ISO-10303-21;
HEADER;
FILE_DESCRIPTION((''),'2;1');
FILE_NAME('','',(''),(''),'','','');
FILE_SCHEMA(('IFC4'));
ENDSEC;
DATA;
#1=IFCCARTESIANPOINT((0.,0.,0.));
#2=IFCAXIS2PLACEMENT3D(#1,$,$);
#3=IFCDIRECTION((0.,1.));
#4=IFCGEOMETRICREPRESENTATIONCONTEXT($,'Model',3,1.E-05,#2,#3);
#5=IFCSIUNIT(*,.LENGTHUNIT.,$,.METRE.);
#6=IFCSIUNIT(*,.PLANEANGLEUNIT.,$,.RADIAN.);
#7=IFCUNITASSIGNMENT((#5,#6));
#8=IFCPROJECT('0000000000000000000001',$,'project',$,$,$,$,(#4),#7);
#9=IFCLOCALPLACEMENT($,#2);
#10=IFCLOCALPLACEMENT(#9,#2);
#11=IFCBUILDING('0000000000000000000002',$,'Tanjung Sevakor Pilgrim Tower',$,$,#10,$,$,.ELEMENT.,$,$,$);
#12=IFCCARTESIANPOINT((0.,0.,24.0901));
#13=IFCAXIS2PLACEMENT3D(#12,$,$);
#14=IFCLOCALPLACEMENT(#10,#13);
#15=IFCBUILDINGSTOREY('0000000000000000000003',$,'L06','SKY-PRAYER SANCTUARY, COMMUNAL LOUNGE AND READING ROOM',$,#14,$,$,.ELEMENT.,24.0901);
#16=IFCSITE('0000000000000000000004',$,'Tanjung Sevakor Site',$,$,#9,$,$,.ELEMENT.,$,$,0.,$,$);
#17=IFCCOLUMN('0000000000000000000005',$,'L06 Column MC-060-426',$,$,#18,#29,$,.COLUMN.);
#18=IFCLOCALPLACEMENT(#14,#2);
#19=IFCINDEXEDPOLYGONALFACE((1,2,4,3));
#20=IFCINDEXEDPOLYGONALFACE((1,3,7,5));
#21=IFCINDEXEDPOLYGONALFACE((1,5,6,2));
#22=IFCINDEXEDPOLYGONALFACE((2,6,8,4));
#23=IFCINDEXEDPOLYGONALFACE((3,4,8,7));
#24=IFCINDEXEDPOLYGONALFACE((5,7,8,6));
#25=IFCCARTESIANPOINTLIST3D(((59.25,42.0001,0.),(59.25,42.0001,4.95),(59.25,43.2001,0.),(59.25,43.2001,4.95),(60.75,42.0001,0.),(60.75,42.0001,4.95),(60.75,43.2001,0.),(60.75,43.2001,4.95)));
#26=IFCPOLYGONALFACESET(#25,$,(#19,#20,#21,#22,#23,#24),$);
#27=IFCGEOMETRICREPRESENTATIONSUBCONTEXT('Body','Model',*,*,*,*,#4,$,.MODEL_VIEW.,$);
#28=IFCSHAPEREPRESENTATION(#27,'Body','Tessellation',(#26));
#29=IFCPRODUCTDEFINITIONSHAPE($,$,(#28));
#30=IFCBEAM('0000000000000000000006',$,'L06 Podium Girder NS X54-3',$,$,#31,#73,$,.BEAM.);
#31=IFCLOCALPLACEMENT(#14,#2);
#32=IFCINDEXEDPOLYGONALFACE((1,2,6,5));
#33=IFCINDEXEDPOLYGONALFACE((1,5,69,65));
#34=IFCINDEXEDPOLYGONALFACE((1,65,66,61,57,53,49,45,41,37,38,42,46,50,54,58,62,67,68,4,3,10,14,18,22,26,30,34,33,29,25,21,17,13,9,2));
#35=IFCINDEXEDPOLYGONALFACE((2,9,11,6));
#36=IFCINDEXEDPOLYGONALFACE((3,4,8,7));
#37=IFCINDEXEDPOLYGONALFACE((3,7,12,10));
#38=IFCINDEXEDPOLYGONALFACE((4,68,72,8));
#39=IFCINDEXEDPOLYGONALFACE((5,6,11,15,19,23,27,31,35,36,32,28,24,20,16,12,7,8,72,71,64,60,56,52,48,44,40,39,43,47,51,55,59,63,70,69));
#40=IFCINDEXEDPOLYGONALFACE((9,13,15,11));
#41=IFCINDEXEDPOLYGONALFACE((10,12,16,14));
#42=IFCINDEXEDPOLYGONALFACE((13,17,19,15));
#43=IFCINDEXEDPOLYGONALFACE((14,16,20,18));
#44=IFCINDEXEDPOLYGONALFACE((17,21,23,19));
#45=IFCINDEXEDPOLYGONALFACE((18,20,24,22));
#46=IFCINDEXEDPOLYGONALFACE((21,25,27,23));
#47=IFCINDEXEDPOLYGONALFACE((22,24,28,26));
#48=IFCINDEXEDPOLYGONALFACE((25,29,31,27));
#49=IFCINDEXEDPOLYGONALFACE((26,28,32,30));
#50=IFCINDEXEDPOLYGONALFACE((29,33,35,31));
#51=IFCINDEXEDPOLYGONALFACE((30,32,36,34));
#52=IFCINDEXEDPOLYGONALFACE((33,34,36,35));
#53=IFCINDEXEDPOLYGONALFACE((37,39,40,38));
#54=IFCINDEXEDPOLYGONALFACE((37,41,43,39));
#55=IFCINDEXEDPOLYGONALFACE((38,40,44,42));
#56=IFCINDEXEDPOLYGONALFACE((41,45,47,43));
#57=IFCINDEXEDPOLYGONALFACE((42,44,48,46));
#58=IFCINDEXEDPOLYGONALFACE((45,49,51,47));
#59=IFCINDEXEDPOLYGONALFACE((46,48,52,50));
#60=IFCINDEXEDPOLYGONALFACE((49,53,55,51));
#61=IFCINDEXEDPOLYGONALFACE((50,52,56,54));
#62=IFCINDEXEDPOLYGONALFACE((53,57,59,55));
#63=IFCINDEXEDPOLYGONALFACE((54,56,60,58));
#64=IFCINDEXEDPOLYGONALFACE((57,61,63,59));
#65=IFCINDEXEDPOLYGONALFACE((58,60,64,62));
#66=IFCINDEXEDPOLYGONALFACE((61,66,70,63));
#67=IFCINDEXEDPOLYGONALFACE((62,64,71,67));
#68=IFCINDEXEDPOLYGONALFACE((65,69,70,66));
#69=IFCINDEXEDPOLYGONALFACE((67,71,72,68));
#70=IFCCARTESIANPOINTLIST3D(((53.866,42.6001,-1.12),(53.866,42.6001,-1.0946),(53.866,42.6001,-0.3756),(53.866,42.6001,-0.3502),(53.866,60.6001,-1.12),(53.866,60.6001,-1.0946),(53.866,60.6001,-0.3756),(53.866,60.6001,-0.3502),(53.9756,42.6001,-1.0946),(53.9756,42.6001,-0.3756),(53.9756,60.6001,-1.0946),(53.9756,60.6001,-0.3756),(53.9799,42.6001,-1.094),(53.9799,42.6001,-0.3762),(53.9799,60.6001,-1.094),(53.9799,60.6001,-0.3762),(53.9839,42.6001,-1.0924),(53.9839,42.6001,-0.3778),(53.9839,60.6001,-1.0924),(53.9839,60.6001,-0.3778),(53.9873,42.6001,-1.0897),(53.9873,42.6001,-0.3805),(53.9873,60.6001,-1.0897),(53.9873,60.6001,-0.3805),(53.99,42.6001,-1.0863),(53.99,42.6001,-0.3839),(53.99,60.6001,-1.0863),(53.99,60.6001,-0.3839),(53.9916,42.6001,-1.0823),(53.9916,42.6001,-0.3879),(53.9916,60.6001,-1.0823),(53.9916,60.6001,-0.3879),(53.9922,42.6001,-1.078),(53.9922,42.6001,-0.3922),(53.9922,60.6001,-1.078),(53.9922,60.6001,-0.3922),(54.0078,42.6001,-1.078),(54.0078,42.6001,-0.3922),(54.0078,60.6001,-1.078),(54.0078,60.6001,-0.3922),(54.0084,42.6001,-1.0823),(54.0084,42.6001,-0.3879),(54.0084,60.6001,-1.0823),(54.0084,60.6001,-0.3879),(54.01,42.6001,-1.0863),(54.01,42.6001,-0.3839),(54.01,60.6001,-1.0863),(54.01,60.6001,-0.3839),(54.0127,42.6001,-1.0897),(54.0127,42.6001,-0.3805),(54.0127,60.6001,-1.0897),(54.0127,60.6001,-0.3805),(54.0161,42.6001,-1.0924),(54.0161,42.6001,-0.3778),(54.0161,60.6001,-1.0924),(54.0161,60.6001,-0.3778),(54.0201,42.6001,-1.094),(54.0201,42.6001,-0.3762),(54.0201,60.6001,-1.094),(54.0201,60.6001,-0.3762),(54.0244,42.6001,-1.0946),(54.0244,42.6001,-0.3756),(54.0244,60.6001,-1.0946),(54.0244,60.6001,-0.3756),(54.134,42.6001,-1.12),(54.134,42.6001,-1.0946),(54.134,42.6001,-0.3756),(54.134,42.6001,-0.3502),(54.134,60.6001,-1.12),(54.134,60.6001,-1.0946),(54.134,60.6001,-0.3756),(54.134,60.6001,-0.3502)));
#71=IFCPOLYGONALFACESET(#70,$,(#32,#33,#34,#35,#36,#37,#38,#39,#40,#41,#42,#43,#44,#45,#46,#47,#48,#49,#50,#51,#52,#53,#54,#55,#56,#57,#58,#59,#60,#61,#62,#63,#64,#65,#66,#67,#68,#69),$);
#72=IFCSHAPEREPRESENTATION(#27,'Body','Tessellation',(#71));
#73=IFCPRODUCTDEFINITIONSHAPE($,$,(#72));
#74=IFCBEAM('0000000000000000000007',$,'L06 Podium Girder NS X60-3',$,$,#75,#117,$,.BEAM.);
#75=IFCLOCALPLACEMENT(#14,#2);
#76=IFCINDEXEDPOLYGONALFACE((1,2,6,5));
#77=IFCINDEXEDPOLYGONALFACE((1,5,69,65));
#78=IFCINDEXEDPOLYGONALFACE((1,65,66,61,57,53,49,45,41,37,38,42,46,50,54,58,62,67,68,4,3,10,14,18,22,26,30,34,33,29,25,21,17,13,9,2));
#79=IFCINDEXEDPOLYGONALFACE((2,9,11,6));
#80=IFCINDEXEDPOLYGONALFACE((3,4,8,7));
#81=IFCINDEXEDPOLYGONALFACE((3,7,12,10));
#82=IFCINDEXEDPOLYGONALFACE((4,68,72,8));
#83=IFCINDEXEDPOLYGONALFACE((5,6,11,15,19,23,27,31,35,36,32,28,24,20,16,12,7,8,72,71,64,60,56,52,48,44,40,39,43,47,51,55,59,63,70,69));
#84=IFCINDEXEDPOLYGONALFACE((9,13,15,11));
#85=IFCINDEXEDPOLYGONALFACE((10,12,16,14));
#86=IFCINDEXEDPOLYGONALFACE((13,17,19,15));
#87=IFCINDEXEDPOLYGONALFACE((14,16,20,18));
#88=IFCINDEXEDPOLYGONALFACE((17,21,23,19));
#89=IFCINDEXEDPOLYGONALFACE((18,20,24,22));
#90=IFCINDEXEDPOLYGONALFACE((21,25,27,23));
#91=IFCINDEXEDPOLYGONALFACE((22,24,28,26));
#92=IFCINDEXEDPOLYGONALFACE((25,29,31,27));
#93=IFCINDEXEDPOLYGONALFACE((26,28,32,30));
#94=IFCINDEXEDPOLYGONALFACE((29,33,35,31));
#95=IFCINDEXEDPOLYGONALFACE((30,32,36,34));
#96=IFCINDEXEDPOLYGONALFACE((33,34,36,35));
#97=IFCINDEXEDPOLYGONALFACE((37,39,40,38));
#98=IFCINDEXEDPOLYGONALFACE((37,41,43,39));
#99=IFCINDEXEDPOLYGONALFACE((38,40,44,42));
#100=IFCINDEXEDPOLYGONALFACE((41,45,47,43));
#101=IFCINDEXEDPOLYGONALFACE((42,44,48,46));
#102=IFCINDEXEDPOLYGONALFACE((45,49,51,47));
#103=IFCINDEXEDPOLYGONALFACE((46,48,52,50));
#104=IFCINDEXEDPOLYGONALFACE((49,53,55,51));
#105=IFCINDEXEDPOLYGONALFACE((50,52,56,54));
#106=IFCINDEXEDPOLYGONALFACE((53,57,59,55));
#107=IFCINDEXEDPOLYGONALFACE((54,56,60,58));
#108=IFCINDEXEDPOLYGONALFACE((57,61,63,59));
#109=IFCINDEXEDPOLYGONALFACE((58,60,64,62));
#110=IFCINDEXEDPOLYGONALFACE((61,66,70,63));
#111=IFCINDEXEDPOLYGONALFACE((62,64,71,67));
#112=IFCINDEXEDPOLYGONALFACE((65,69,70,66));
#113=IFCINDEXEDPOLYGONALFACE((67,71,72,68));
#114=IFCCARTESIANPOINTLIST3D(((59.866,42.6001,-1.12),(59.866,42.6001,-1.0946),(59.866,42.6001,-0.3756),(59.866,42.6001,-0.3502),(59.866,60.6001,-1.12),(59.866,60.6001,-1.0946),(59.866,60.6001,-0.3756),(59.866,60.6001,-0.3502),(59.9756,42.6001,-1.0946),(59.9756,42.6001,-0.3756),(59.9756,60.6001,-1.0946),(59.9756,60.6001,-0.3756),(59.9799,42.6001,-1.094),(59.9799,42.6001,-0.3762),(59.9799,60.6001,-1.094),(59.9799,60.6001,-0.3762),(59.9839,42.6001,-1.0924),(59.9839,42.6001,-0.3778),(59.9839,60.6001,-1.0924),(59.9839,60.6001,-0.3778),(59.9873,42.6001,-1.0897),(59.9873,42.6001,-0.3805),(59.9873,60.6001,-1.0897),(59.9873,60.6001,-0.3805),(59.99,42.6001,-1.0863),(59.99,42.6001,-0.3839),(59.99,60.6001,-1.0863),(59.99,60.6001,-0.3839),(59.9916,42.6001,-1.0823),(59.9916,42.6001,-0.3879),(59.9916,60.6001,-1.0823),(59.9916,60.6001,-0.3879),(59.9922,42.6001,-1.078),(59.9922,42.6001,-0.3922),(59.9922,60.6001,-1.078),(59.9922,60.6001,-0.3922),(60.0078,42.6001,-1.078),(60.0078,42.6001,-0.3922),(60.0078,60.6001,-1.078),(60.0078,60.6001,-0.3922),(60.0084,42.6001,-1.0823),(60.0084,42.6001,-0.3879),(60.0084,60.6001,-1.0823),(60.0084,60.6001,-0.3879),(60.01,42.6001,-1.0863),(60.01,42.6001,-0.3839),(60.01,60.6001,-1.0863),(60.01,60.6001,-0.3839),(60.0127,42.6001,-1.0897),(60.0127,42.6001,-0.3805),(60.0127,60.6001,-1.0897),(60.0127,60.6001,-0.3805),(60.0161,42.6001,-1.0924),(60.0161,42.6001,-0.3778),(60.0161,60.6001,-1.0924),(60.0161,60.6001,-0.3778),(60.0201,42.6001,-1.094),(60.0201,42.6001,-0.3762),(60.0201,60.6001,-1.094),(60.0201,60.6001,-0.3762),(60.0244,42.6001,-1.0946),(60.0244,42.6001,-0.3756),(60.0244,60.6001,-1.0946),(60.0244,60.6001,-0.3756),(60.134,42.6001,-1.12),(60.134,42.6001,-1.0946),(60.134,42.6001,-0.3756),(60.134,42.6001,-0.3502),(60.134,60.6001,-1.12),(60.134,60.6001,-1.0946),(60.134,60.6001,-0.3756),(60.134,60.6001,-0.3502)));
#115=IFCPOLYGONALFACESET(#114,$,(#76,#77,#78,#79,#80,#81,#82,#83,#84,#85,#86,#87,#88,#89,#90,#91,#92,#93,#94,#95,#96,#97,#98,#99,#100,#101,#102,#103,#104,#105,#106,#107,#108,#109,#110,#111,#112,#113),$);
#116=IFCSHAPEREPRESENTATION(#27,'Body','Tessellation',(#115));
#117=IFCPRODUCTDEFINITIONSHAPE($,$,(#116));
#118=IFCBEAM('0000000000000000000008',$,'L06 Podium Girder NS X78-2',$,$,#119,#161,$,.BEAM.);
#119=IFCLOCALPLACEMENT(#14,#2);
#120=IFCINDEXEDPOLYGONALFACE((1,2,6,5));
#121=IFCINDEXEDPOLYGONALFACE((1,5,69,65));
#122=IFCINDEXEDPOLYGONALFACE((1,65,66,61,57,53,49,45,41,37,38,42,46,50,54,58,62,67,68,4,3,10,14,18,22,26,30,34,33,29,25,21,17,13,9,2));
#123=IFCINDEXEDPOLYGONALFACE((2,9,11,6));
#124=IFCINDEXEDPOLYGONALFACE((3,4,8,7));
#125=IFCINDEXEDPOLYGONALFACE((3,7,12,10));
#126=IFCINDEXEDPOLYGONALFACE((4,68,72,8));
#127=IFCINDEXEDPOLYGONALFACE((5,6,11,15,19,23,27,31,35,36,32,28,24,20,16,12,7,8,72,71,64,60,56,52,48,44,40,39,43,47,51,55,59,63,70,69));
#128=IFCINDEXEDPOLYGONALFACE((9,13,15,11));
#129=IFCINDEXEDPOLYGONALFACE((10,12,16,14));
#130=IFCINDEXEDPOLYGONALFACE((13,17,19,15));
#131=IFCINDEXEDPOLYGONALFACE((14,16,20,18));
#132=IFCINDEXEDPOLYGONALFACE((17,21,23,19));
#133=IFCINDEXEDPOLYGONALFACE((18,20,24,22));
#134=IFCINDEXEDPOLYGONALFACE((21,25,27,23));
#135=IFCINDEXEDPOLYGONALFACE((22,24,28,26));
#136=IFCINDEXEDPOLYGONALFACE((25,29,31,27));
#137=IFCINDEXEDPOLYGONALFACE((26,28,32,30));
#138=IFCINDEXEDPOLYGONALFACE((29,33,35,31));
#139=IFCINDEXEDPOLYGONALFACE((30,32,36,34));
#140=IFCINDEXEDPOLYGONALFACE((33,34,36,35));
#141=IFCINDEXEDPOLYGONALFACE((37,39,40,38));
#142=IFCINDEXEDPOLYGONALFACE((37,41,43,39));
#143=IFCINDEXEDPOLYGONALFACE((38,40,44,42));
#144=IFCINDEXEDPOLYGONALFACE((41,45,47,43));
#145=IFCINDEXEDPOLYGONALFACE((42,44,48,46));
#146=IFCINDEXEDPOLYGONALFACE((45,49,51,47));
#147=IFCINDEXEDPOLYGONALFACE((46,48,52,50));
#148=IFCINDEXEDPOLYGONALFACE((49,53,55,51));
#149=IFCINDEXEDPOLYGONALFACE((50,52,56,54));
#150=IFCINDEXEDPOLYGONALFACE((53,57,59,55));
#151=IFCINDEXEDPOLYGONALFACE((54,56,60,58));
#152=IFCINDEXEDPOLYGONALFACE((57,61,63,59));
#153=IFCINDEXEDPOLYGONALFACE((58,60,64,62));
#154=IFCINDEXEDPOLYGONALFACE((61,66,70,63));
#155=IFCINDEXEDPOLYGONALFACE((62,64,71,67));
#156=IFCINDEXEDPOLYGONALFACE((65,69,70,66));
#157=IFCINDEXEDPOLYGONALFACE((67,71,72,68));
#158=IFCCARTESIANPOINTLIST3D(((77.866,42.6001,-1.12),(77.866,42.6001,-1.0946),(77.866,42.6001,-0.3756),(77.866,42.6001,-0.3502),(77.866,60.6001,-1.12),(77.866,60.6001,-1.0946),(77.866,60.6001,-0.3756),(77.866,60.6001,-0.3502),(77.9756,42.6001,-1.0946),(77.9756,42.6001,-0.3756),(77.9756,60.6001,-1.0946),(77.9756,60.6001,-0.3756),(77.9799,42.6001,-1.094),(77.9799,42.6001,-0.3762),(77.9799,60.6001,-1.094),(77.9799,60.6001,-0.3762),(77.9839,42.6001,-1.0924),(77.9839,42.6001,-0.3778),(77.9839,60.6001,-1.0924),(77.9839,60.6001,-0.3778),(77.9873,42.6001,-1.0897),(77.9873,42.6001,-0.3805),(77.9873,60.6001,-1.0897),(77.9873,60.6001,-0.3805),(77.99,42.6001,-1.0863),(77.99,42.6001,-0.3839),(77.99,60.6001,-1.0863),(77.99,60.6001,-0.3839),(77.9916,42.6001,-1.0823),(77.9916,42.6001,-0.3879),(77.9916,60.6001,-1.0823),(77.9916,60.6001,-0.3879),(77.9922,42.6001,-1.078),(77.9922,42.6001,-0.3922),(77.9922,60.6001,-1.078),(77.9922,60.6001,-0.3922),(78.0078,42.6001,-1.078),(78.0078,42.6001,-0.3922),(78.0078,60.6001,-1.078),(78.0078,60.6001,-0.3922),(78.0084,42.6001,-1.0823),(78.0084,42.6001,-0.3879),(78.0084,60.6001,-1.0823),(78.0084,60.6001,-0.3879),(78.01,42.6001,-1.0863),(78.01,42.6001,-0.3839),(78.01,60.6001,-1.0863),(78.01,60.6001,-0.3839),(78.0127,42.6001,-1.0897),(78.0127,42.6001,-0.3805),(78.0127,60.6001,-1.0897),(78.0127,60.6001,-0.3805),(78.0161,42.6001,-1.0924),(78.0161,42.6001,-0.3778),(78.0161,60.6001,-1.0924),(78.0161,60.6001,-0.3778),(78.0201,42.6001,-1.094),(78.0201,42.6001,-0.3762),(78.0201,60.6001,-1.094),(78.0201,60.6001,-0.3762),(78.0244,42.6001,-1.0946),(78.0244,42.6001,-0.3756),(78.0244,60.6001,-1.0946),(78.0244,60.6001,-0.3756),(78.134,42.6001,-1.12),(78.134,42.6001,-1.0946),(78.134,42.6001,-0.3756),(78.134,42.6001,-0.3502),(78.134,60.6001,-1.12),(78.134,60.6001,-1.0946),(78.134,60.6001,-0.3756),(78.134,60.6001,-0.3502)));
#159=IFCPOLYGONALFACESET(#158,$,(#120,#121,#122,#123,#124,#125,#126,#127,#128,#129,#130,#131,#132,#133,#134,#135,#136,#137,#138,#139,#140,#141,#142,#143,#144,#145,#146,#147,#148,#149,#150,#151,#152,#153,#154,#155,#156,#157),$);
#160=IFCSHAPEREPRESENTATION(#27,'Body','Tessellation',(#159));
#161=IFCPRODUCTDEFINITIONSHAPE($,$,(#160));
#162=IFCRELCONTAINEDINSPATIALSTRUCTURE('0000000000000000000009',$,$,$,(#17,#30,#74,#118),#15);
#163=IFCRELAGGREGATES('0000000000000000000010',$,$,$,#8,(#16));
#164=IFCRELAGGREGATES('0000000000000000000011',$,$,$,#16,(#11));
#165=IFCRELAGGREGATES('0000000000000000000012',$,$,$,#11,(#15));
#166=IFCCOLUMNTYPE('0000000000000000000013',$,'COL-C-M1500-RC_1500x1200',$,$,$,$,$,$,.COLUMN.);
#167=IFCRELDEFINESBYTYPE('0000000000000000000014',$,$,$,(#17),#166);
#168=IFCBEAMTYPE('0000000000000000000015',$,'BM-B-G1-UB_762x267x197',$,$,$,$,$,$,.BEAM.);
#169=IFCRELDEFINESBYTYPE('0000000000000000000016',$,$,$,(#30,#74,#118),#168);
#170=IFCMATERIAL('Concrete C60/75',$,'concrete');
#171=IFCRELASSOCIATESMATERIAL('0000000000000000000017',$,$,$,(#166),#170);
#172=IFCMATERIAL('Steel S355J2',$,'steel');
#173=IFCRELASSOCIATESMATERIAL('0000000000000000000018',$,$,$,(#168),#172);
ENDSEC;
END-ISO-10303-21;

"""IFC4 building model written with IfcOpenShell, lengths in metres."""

from ifc_helpers import new_model, si_unit, direction, frame, origin, origin_2d, place, context, subcontext, project, spatial, rectangle, i_section, extrude, material, material_profile, profile_set, type_object, element, save


model = new_model("IFC4")

# Units and contexts
model_context = context("Model", 3, precision=1e-05, world=origin(), true_north=direction((0.0, 1.0)))
body_context = subcontext(model_context, "Body", "Model", "MODEL_VIEW")
ifc_project = project(units=[si_unit("LENGTHUNIT", "METRE"), si_unit("PLANEANGLEUNIT", "RADIAN")], contexts=[model_context])

# Site, building, storey
site_placement = place(None, origin())
site = spatial("IfcSite", under=ifc_project, at=site_placement, Name="Tanjung Sevakor Site", CompositionType="ELEMENT", RefElevation=0.0)
building_placement = place(site_placement, origin())
building = spatial("IfcBuilding", under=site, at=building_placement, Name="Tanjung Sevakor Pilgrim Tower", CompositionType="ELEMENT")
storey_placement = place(building_placement, frame((0.0, 0.0, 24.0901)))
storey = spatial("IfcBuildingStorey", under=building, at=storey_placement, Name="L06", Description="SKY-PRAYER SANCTUARY, COMMUNAL LOUNGE AND READING ROOM", CompositionType="ELEMENT", Elevation=24.0901)

# Column
ifc_material_1 = material(Name="Concrete C60/75", Category="concrete")
ifc_material_profile_1 = material_profile(ifc_material_1, rectangle(XDim=1.5, YDim=1.2, at=origin_2d()))
ifc_profile_set_1 = profile_set([ifc_material_profile_1], Name="Concrete C60/75")
column_type = type_object("IfcColumnType", Name="COL-C-M1500-RC_1500x1200", PredefinedType="COLUMN", material=ifc_profile_set_1)
column_placement = place(storey_placement, frame((60.0, 42.6001, 0.0), z_axis=(0.0, 0.0, 1.0), x_axis=(1.0, 0.0, 0.0)))
element("IfcColumn", 1, at=column_placement, inside=storey, type_object=column_type, Name="L06 Column MC-060-426", PredefinedType="COLUMN", context=body_context, shape_type="SweptSolid", body=[
    extrude(rectangle(XDim=1.5, YDim=1.2, at=origin_2d()), origin(), (0.0, 0.0, 1.0), 4.95),
])

# Beams
ifc_material_2 = material(Name="Steel S355J2", Category="steel")
ifc_material_profile_2 = material_profile(ifc_material_2, i_section(OverallWidth=0.2681, OverallDepth=0.7698, WebThickness=0.0156, FlangeThickness=0.0254, FilletRadius=0.0166, at=origin_2d()))
ifc_profile_set_2 = profile_set([ifc_material_profile_2], Name="Steel S355J2")
beam_type_1 = type_object("IfcBeamType", Name="BM-B-G1-UB_762x267x197", PredefinedType="BEAM", material=ifc_profile_set_2)
for number, where, z_axis, x_axis, name in (
    (2, (54.0, 42.6001, -0.7351), (0.0, 1.0, 0.0), (-1.0, 0.0, 0.0), "L06 Podium Girder NS X54-3"),
    (3, (60.0, 42.6001, -0.7351), (0.0, 1.0, 0.0), (-1.0, 0.0, 0.0), "L06 Podium Girder NS X60-3"),
    (4, (78.0, 42.6001, -0.7351), (0.0, 1.0, 0.0), (-1.0, 0.0, 0.0), "L06 Podium Girder NS X78-2"),
):
    element("IfcBeam", number, at=place(storey_placement, frame(where, z_axis=z_axis, x_axis=x_axis)), inside=storey, type_object=beam_type_1, Name=name, PredefinedType="BEAM", context=body_context, shape_type="SweptSolid", body=[
        extrude(i_section(OverallWidth=0.2681, OverallDepth=0.7698, WebThickness=0.0156, FlangeThickness=0.0254, FilletRadius=0.0166, at=origin_2d()), origin(), (0.0, 0.0, 1.0), 18.0),
    ])

save(model, "model.ifc")
